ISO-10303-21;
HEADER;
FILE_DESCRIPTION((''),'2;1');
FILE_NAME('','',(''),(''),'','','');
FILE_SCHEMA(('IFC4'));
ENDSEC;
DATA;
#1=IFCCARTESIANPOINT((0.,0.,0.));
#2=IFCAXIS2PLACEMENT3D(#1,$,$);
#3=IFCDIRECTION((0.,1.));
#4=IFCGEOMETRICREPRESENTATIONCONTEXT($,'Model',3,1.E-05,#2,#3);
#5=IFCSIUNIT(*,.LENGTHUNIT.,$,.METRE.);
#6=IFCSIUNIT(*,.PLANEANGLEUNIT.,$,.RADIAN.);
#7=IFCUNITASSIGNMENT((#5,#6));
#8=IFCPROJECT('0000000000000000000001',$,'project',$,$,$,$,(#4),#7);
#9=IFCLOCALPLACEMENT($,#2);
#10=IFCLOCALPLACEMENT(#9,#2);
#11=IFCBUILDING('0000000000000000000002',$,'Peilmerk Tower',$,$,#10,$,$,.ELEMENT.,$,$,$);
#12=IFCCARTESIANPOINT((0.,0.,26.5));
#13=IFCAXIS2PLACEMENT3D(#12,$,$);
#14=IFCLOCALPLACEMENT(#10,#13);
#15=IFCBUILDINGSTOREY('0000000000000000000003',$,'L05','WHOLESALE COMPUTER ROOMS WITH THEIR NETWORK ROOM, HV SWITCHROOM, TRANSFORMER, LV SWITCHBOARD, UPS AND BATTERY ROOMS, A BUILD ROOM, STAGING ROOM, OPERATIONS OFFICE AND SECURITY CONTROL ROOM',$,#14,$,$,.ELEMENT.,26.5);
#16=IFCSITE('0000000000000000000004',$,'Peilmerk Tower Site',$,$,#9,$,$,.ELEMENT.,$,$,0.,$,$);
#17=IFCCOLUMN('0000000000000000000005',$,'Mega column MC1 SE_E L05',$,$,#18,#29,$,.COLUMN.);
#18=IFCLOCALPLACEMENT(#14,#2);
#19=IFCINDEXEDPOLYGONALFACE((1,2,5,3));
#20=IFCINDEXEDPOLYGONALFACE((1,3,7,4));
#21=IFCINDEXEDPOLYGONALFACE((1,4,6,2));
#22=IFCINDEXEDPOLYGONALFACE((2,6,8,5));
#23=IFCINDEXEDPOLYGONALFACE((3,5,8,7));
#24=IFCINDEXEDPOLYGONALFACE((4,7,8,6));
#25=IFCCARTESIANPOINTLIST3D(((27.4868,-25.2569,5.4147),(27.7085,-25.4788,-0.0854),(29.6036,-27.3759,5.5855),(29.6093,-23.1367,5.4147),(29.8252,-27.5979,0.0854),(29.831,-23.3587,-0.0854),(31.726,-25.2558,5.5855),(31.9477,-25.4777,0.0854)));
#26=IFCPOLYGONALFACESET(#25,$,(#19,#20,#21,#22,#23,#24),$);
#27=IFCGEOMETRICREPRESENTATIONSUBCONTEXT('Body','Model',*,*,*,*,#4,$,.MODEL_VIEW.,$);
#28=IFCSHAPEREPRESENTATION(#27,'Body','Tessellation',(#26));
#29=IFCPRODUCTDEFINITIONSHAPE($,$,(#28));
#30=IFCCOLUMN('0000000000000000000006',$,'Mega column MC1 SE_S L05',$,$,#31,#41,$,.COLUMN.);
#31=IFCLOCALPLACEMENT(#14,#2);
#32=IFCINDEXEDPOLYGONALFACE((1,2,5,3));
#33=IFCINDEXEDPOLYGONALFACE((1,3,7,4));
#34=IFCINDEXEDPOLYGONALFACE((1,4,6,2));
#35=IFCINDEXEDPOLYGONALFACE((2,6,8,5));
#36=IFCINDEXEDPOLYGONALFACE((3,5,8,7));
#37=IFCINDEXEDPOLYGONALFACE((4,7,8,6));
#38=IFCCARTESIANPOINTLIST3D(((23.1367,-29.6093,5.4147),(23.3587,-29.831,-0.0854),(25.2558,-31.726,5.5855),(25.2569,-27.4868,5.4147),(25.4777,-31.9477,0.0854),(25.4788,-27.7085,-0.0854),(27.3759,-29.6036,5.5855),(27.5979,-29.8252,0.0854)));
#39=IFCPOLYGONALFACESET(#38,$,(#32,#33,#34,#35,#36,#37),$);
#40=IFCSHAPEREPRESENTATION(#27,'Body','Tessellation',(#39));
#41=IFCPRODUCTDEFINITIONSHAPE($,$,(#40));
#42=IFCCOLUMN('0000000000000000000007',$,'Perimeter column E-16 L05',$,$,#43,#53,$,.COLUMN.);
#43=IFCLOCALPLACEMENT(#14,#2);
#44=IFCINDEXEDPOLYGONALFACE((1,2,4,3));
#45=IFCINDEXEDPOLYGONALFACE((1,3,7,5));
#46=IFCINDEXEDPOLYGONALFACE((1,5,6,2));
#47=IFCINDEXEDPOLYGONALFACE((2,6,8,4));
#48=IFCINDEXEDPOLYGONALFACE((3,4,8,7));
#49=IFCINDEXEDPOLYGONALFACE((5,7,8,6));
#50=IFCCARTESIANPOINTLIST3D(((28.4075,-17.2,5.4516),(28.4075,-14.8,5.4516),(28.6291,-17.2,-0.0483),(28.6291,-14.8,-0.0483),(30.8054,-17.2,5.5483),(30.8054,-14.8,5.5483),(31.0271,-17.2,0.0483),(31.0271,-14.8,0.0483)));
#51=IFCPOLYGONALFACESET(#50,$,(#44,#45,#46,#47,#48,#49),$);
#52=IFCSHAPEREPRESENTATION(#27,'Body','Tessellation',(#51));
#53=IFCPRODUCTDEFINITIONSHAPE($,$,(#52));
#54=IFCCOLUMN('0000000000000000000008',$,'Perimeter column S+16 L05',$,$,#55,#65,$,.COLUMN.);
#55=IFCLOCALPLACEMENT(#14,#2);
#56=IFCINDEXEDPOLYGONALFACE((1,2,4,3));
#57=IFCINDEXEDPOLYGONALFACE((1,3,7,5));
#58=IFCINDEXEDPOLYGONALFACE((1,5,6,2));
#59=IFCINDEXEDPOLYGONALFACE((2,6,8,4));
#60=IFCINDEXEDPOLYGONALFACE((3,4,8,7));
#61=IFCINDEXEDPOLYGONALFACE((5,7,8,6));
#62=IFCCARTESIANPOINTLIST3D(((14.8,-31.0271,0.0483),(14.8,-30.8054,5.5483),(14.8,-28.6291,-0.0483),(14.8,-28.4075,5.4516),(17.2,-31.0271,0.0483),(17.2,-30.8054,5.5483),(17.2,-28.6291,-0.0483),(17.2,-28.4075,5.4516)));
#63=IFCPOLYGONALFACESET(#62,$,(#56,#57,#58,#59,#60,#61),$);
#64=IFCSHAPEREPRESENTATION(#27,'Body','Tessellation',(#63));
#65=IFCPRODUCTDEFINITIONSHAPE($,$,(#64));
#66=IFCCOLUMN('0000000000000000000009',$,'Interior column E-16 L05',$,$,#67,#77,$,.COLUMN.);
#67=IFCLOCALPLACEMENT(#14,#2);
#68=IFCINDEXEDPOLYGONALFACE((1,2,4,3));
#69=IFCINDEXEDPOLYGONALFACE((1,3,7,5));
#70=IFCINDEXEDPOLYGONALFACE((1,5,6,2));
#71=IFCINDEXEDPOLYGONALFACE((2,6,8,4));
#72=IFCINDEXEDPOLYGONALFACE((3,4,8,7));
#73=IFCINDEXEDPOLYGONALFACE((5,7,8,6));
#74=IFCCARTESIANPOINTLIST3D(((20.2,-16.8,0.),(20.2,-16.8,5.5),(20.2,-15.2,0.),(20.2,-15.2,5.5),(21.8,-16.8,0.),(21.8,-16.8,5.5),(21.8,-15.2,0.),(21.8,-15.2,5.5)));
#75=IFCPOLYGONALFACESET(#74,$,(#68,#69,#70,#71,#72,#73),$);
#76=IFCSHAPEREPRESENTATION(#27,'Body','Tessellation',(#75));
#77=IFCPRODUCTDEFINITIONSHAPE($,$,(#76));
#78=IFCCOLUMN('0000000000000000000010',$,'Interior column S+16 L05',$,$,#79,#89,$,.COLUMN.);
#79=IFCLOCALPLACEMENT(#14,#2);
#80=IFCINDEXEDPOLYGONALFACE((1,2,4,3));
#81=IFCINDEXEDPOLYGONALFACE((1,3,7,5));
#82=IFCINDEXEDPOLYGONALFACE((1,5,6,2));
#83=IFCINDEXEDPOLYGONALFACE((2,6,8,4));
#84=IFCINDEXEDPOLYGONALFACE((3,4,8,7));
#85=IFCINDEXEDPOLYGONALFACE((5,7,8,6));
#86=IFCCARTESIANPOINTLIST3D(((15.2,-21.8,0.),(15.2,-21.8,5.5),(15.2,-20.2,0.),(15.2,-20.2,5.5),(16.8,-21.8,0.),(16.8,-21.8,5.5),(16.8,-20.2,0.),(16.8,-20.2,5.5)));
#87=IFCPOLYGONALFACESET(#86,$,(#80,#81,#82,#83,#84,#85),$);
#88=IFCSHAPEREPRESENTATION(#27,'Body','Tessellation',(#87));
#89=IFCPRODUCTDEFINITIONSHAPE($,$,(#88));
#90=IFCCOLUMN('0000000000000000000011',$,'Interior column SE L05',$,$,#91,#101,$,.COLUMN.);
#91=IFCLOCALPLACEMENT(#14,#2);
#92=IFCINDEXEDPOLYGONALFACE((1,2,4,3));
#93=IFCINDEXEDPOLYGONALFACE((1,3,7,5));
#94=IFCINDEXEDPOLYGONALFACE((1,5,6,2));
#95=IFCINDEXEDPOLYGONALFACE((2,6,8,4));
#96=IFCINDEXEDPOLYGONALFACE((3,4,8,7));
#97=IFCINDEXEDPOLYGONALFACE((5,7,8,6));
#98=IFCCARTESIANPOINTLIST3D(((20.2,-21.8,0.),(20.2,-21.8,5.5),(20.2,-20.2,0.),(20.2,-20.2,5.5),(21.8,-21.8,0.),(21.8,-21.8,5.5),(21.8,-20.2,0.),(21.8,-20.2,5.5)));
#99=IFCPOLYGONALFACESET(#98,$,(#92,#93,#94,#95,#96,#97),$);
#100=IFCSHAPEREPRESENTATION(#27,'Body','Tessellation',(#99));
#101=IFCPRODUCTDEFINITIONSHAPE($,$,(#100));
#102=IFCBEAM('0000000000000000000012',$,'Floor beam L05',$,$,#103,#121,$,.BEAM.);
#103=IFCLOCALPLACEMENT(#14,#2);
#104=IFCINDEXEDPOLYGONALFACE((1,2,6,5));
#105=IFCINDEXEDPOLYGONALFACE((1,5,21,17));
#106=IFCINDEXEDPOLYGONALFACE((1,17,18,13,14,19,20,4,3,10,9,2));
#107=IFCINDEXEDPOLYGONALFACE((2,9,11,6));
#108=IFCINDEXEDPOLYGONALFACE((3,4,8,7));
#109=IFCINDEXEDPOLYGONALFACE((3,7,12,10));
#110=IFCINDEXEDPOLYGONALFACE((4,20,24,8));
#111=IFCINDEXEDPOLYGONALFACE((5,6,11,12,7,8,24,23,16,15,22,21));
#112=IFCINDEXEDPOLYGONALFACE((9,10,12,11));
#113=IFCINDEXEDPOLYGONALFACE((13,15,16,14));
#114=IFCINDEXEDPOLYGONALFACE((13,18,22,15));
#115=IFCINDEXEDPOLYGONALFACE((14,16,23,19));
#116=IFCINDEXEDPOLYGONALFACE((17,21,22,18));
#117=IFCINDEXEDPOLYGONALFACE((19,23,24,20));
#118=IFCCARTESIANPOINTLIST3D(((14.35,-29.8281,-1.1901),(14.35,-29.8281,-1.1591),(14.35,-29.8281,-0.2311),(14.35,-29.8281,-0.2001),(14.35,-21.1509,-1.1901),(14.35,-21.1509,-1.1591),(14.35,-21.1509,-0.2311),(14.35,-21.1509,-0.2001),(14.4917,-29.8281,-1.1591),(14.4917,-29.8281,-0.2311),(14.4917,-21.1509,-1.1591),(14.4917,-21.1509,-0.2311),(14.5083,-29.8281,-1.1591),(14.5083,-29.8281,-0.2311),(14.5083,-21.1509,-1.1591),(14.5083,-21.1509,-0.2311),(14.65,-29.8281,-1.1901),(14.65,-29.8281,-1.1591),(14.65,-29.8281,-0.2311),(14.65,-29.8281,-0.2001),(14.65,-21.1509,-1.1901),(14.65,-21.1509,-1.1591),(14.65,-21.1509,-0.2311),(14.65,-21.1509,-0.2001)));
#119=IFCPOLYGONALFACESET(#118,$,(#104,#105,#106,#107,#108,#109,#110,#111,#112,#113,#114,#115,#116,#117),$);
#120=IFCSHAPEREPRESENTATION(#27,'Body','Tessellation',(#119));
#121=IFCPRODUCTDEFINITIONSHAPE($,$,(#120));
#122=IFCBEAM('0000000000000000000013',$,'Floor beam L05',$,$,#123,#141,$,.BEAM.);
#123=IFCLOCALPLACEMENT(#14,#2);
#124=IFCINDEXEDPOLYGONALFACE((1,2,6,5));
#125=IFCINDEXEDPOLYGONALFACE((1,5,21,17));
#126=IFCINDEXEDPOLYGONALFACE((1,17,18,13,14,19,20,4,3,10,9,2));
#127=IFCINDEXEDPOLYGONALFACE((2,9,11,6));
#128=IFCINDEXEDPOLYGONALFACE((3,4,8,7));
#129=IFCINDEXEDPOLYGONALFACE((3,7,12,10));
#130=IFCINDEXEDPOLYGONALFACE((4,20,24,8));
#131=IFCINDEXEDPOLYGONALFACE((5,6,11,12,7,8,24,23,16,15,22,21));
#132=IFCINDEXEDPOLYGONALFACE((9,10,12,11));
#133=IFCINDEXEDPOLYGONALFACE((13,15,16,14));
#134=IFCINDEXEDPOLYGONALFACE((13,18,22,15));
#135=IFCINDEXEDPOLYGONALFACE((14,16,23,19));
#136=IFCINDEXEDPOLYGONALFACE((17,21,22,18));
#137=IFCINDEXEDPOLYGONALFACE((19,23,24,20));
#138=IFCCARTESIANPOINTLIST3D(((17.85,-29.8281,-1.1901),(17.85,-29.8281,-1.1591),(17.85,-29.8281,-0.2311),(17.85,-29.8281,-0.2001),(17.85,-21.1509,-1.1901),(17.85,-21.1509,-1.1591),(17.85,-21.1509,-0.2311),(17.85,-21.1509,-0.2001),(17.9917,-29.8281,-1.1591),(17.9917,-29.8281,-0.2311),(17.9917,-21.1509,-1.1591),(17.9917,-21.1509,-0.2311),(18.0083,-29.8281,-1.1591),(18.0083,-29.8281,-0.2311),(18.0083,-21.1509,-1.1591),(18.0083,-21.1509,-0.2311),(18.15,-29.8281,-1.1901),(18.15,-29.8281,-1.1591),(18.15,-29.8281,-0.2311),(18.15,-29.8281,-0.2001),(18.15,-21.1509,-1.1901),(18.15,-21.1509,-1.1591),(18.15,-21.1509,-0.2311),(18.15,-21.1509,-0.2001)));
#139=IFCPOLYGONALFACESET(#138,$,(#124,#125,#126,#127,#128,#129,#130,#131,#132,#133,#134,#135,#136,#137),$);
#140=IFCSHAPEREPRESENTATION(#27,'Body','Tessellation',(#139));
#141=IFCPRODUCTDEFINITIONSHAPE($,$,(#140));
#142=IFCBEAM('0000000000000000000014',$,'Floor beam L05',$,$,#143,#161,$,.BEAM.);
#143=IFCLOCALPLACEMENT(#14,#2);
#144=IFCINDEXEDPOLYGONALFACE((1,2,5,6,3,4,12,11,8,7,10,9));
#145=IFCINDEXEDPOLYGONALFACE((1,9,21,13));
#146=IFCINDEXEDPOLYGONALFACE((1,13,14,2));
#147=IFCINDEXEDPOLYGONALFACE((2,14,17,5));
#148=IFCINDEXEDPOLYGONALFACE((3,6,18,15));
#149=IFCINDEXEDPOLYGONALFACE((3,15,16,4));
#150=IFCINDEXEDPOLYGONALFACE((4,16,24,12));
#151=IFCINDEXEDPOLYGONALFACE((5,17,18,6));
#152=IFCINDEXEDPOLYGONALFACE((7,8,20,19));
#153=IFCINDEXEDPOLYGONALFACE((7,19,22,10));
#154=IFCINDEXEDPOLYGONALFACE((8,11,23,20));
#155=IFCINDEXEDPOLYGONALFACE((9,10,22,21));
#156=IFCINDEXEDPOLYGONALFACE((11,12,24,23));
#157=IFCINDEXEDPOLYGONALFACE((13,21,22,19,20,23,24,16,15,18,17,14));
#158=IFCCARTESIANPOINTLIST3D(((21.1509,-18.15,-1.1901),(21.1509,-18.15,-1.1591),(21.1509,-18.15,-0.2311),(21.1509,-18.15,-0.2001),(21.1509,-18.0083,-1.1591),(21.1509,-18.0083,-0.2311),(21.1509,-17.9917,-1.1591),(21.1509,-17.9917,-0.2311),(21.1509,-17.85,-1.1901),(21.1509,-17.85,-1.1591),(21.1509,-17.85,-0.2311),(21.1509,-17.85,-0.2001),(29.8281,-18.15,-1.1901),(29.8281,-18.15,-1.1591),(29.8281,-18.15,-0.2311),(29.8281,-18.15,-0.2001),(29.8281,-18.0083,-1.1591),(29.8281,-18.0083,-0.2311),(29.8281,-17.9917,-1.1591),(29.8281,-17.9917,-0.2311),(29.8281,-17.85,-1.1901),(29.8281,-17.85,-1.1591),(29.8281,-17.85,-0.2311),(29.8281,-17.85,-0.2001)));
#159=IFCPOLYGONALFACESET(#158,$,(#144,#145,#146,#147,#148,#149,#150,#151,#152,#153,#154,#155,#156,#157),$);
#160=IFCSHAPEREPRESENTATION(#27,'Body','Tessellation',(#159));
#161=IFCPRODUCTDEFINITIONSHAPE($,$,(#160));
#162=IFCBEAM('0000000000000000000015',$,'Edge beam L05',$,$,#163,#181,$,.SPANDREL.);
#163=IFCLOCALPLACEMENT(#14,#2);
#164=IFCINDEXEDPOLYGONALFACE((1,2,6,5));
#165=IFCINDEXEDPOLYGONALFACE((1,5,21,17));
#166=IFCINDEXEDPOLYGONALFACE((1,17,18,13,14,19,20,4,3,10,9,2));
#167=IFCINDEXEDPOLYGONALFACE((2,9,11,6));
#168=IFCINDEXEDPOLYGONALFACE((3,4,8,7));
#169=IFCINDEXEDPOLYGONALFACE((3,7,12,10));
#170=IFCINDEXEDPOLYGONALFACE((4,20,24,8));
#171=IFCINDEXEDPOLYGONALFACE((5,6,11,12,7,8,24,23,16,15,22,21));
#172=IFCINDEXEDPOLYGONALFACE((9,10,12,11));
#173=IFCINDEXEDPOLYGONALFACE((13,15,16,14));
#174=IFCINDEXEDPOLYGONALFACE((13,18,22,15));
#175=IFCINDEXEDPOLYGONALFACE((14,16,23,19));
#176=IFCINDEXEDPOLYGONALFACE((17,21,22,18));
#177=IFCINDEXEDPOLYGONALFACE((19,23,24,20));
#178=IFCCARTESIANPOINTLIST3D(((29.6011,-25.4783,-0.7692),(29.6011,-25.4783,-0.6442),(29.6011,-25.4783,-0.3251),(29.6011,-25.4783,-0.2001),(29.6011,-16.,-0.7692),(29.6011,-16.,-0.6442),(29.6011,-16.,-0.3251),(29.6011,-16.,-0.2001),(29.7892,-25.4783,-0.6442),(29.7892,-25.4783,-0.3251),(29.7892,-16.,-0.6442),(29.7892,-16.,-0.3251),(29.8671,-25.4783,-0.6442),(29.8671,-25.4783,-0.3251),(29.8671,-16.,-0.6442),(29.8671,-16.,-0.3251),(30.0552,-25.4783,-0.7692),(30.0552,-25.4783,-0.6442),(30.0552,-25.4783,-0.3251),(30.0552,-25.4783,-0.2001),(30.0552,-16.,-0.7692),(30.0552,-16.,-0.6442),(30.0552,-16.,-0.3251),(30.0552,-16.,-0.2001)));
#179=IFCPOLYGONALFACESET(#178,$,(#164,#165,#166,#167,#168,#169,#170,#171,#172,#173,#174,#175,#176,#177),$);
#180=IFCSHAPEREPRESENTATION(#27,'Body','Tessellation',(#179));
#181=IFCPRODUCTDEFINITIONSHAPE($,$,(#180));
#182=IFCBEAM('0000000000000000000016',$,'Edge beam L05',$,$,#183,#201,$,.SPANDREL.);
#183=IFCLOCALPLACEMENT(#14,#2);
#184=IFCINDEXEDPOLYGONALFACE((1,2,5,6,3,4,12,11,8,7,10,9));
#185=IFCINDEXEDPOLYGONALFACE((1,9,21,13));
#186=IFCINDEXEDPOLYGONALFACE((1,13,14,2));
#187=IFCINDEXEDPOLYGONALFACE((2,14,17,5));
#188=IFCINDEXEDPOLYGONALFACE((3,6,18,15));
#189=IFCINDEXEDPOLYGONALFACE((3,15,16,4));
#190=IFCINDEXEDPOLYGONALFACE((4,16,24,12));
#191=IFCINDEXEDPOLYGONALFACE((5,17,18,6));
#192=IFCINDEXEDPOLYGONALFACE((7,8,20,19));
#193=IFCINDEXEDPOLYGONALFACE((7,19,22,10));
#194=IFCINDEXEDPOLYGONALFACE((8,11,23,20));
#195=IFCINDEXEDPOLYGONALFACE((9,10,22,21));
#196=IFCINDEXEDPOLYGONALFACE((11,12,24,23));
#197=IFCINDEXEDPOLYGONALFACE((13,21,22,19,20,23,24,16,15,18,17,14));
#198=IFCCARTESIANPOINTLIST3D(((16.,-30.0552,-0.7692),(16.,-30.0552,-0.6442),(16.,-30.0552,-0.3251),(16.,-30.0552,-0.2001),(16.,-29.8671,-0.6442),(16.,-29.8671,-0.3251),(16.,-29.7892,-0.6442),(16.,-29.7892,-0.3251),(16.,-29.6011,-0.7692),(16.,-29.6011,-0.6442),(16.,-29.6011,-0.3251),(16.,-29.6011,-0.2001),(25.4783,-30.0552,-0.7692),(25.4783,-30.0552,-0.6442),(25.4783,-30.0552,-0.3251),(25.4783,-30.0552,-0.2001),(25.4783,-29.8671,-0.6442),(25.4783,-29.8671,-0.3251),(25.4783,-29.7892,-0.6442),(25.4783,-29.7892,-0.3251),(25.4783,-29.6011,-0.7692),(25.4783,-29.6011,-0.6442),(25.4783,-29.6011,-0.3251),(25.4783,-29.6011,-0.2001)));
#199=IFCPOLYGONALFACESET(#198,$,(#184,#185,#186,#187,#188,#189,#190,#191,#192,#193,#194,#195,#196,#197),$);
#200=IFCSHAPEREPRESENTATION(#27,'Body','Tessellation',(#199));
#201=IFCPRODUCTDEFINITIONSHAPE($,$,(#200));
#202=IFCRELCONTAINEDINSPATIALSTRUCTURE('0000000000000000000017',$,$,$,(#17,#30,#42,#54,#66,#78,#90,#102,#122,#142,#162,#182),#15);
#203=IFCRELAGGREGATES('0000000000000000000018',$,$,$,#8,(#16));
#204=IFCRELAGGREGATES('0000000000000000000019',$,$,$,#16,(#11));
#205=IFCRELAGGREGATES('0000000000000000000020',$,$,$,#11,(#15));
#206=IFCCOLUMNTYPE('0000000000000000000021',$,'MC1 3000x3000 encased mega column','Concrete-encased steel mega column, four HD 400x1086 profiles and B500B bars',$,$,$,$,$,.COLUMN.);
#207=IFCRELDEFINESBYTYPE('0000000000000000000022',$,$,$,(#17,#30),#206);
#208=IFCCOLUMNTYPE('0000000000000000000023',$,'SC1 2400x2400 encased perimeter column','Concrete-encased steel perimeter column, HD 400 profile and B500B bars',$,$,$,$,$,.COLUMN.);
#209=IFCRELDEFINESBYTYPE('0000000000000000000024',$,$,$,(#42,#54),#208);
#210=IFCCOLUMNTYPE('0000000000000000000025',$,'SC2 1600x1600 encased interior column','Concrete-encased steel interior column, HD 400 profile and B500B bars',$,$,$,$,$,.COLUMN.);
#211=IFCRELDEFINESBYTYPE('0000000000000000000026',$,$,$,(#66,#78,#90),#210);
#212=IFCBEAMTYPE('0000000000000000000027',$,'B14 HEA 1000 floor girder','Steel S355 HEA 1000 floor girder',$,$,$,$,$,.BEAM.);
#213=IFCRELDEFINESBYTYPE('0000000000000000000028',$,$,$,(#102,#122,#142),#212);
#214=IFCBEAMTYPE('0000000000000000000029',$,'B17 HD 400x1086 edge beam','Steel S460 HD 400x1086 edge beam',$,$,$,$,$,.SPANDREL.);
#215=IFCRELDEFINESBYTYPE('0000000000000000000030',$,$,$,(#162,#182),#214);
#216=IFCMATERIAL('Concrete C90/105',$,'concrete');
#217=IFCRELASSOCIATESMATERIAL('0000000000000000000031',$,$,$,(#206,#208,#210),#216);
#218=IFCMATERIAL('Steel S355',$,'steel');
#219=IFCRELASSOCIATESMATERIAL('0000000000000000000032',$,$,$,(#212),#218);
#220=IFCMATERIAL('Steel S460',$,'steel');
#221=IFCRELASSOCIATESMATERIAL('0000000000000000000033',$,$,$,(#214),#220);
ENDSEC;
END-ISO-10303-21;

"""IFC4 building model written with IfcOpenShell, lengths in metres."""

from ifc_helpers import new_model, si_unit, direction, frame, origin, origin_2d, place, context, subcontext, project, spatial, rectangle, i_section, extrude, material, material_profile, profile_set, type_object, element, save


model = new_model("IFC4")

# Units and contexts
model_context = context("Model", 3, precision=1e-05, world=origin(), true_north=direction((0.0, 1.0)))
body_context = subcontext(model_context, "Body", "Model", "MODEL_VIEW")
ifc_project = project(units=[si_unit("LENGTHUNIT", "METRE"), si_unit("PLANEANGLEUNIT", "RADIAN")], contexts=[model_context])

# Site, building, storey
site_placement = place(None, origin())
site = spatial("IfcSite", under=ifc_project, at=site_placement, Name="Peilmerk Tower Site", CompositionType="ELEMENT", RefElevation=0.0)
building_placement = place(site_placement, origin())
building = spatial("IfcBuilding", under=site, at=building_placement, Name="Peilmerk Tower", CompositionType="ELEMENT")
storey_placement = place(building_placement, frame((0.0, 0.0, 26.5)))
storey = spatial("IfcBuildingStorey", under=building, at=storey_placement, Name="L05", Description="WHOLESALE COMPUTER ROOMS WITH THEIR NETWORK ROOM, HV SWITCHROOM, TRANSFORMER, LV SWITCHBOARD, UPS AND BATTERY ROOMS, A BUILD ROOM, STAGING ROOM, OPERATIONS OFFICE AND SECURITY CONTROL ROOM", CompositionType="ELEMENT", Elevation=26.5)

# Columns
ifc_material_1 = material(Name="Concrete C90/105", Category="concrete")
ifc_material_profile_1 = material_profile(ifc_material_1, rectangle(XDim=3.0, YDim=3.0, at=origin_2d()), Name="RC 3000x3000")
ifc_profile_set_1 = profile_set([ifc_material_profile_1], Name="Concrete C90/105")
column_type_1 = type_object("IfcColumnType", Name="MC1 3000x3000 encased mega column", Description="Concrete-encased steel mega column, four HD 400x1086 profiles and B500B bars", PredefinedType="COLUMN", material=ifc_profile_set_1)
for number, where, z_axis, x_axis, name in (
    (1, (29.8281, -25.4783, 0.0), (-0.04024, 0.040284, 0.998378), (-0.707496, -0.706718, 0.0), "Mega column MC1 SE_E L05"),
    (2, (25.4783, -29.8281, 0.0), (-0.040284, 0.04024, 0.998378), (-0.706718, -0.707496, 0.0), "Mega column MC1 SE_S L05"),
):
    element("IfcColumn", number, at=place(storey_placement, frame(where, z_axis=z_axis, x_axis=x_axis)), inside=storey, type_object=column_type_1, Name=name, PredefinedType="COLUMN", context=body_context, shape_type="SweptSolid", body=[
        extrude(rectangle(XDim=3.0, YDim=3.0, at=origin_2d()), origin(), (0.0, 0.0, 1.0), 5.509),
    ])
ifc_material_profile_2 = material_profile(ifc_material_1, rectangle(XDim=2.3999, YDim=2.3999, at=origin_2d()), Name="RC 2400x2400")
ifc_profile_set_2 = profile_set([ifc_material_profile_2], Name="Concrete C90/105")
column_type_2 = type_object("IfcColumnType", Name="SC1 2400x2400 encased perimeter column", Description="Concrete-encased steel perimeter column, HD 400 profile and B500B bars", PredefinedType="COLUMN", material=ifc_profile_set_2)
for number, where, z_axis, x_axis, name in (
    (3, (29.8281, -16.0, 0.0), (-0.040273, 0.0, 0.999189), (0.0, -1.0, 0.0), "Perimeter column E-16 L05"),
    (4, (16.0, -29.8281, 0.0), (0.0, 0.040273, 0.999189), (-1.0, 0.0, 0.0), "Perimeter column S+16 L05"),
):
    element("IfcColumn", number, at=place(storey_placement, frame(where, z_axis=z_axis, x_axis=x_axis)), inside=storey, type_object=column_type_2, Name=name, PredefinedType="COLUMN", context=body_context, shape_type="SweptSolid", body=[
        extrude(rectangle(XDim=2.3999, YDim=2.3999, at=origin_2d()), origin(), (0.0, 0.0, 1.0), 5.5044),
    ])
ifc_material_profile_3 = material_profile(ifc_material_1, rectangle(XDim=1.6001, YDim=1.6001, at=origin_2d()), Name="RC 1600x1600")
ifc_profile_set_3 = profile_set([ifc_material_profile_3], Name="Concrete C90/105")
column_type_3 = type_object("IfcColumnType", Name="SC2 1600x1600 encased interior column", Description="Concrete-encased steel interior column, HD 400 profile and B500B bars", PredefinedType="COLUMN", material=ifc_profile_set_3)
for number, where, z_axis, x_axis, name in (
    (5, (21.0, -16.0, 0.0), (0.0, 0.0, 1.0), (1.0, 0.0, 0.0), "Interior column E-16 L05"),
    (6, (16.0, -21.0, 0.0), (0.0, 0.0, 1.0), (1.0, 0.0, 0.0), "Interior column S+16 L05"),
    (7, (21.0, -21.0, 0.0), (0.0, 0.0, 1.0), (1.0, 0.0, 0.0), "Interior column SE L05"),
):
    element("IfcColumn", number, at=place(storey_placement, frame(where, z_axis=z_axis, x_axis=x_axis)), inside=storey, type_object=column_type_3, Name=name, PredefinedType="COLUMN", context=body_context, shape_type="SweptSolid", body=[
        extrude(rectangle(XDim=1.6001, YDim=1.6001, at=origin_2d()), origin(), (0.0, 0.0, 1.0), 5.5),
    ])

# Beams
ifc_material_2 = material(Name="Steel S355", Category="steel")
ifc_material_profile_4 = material_profile(ifc_material_2, i_section(OverallWidth=0.3, OverallDepth=0.99, WebThickness=0.0166, FlangeThickness=0.031, at=origin_2d()), Name="HEA 1000")
ifc_profile_set_4 = profile_set([ifc_material_profile_4], Name="Steel S355")
beam_type_1 = type_object("IfcBeamType", Name="B14 HEA 1000 floor girder", Description="Steel S355 HEA 1000 floor girder", PredefinedType="BEAM", material=ifc_profile_set_4)
for number, where, z_axis, x_axis, name in (
    (8, (14.5, -21.1509, -0.6951), (0.0, -1.0, 0.0), (1.0, 0.0, 0.0), "Floor beam L05"),
    (9, (18.0, -21.1509, -0.6951), (0.0, -1.0, 0.0), (1.0, 0.0, 0.0), "Floor beam L05"),
    (10, (21.1509, -18.0, -0.6951), (1.0, 0.0, 0.0), (0.0, 1.0, 0.0), "Floor beam L05"),
):
    element("IfcBeam", number, at=place(storey_placement, frame(where, z_axis=z_axis, x_axis=x_axis)), inside=storey, type_object=beam_type_1, Name=name, PredefinedType="BEAM", context=body_context, shape_type="SweptSolid", body=[
        extrude(i_section(OverallWidth=0.3, OverallDepth=0.99, WebThickness=0.0166, FlangeThickness=0.031, at=origin_2d()), origin(), (0.0, 0.0, 1.0), 8.6772),
    ])
ifc_material_3 = material(Name="Steel S460", Category="steel")
ifc_material_profile_5 = material_profile(ifc_material_3, i_section(OverallWidth=0.4541, OverallDepth=0.5691, WebThickness=0.0779, FlangeThickness=0.125, at=origin_2d()), Name="HD 400x1086")
ifc_profile_set_5 = profile_set([ifc_material_profile_5], Name="Steel S460")
beam_type_2 = type_object("IfcBeamType", Name="B17 HD 400x1086 edge beam", Description="Steel S460 HD 400x1086 edge beam", PredefinedType="SPANDREL", material=ifc_profile_set_5)
for number, where, z_axis, x_axis, name in (
    (11, (29.8281, -25.4783, -0.4846), (0.0, 1.0, 0.0), (-1.0, 0.0, 0.0), "Edge beam L05"),
    (12, (16.0, -29.8281, -0.4846), (1.0, 0.0, 0.0), (0.0, 1.0, 0.0), "Edge beam L05"),
):
    element("IfcBeam", number, at=place(storey_placement, frame(where, z_axis=z_axis, x_axis=x_axis)), inside=storey, type_object=beam_type_2, Name=name, PredefinedType="SPANDREL", context=body_context, shape_type="SweptSolid", body=[
        extrude(i_section(OverallWidth=0.4541, OverallDepth=0.5691, WebThickness=0.0779, FlangeThickness=0.125, at=origin_2d()), origin(), (0.0, 0.0, 1.0), 9.4783),
    ])

save(model, "model.ifc")
